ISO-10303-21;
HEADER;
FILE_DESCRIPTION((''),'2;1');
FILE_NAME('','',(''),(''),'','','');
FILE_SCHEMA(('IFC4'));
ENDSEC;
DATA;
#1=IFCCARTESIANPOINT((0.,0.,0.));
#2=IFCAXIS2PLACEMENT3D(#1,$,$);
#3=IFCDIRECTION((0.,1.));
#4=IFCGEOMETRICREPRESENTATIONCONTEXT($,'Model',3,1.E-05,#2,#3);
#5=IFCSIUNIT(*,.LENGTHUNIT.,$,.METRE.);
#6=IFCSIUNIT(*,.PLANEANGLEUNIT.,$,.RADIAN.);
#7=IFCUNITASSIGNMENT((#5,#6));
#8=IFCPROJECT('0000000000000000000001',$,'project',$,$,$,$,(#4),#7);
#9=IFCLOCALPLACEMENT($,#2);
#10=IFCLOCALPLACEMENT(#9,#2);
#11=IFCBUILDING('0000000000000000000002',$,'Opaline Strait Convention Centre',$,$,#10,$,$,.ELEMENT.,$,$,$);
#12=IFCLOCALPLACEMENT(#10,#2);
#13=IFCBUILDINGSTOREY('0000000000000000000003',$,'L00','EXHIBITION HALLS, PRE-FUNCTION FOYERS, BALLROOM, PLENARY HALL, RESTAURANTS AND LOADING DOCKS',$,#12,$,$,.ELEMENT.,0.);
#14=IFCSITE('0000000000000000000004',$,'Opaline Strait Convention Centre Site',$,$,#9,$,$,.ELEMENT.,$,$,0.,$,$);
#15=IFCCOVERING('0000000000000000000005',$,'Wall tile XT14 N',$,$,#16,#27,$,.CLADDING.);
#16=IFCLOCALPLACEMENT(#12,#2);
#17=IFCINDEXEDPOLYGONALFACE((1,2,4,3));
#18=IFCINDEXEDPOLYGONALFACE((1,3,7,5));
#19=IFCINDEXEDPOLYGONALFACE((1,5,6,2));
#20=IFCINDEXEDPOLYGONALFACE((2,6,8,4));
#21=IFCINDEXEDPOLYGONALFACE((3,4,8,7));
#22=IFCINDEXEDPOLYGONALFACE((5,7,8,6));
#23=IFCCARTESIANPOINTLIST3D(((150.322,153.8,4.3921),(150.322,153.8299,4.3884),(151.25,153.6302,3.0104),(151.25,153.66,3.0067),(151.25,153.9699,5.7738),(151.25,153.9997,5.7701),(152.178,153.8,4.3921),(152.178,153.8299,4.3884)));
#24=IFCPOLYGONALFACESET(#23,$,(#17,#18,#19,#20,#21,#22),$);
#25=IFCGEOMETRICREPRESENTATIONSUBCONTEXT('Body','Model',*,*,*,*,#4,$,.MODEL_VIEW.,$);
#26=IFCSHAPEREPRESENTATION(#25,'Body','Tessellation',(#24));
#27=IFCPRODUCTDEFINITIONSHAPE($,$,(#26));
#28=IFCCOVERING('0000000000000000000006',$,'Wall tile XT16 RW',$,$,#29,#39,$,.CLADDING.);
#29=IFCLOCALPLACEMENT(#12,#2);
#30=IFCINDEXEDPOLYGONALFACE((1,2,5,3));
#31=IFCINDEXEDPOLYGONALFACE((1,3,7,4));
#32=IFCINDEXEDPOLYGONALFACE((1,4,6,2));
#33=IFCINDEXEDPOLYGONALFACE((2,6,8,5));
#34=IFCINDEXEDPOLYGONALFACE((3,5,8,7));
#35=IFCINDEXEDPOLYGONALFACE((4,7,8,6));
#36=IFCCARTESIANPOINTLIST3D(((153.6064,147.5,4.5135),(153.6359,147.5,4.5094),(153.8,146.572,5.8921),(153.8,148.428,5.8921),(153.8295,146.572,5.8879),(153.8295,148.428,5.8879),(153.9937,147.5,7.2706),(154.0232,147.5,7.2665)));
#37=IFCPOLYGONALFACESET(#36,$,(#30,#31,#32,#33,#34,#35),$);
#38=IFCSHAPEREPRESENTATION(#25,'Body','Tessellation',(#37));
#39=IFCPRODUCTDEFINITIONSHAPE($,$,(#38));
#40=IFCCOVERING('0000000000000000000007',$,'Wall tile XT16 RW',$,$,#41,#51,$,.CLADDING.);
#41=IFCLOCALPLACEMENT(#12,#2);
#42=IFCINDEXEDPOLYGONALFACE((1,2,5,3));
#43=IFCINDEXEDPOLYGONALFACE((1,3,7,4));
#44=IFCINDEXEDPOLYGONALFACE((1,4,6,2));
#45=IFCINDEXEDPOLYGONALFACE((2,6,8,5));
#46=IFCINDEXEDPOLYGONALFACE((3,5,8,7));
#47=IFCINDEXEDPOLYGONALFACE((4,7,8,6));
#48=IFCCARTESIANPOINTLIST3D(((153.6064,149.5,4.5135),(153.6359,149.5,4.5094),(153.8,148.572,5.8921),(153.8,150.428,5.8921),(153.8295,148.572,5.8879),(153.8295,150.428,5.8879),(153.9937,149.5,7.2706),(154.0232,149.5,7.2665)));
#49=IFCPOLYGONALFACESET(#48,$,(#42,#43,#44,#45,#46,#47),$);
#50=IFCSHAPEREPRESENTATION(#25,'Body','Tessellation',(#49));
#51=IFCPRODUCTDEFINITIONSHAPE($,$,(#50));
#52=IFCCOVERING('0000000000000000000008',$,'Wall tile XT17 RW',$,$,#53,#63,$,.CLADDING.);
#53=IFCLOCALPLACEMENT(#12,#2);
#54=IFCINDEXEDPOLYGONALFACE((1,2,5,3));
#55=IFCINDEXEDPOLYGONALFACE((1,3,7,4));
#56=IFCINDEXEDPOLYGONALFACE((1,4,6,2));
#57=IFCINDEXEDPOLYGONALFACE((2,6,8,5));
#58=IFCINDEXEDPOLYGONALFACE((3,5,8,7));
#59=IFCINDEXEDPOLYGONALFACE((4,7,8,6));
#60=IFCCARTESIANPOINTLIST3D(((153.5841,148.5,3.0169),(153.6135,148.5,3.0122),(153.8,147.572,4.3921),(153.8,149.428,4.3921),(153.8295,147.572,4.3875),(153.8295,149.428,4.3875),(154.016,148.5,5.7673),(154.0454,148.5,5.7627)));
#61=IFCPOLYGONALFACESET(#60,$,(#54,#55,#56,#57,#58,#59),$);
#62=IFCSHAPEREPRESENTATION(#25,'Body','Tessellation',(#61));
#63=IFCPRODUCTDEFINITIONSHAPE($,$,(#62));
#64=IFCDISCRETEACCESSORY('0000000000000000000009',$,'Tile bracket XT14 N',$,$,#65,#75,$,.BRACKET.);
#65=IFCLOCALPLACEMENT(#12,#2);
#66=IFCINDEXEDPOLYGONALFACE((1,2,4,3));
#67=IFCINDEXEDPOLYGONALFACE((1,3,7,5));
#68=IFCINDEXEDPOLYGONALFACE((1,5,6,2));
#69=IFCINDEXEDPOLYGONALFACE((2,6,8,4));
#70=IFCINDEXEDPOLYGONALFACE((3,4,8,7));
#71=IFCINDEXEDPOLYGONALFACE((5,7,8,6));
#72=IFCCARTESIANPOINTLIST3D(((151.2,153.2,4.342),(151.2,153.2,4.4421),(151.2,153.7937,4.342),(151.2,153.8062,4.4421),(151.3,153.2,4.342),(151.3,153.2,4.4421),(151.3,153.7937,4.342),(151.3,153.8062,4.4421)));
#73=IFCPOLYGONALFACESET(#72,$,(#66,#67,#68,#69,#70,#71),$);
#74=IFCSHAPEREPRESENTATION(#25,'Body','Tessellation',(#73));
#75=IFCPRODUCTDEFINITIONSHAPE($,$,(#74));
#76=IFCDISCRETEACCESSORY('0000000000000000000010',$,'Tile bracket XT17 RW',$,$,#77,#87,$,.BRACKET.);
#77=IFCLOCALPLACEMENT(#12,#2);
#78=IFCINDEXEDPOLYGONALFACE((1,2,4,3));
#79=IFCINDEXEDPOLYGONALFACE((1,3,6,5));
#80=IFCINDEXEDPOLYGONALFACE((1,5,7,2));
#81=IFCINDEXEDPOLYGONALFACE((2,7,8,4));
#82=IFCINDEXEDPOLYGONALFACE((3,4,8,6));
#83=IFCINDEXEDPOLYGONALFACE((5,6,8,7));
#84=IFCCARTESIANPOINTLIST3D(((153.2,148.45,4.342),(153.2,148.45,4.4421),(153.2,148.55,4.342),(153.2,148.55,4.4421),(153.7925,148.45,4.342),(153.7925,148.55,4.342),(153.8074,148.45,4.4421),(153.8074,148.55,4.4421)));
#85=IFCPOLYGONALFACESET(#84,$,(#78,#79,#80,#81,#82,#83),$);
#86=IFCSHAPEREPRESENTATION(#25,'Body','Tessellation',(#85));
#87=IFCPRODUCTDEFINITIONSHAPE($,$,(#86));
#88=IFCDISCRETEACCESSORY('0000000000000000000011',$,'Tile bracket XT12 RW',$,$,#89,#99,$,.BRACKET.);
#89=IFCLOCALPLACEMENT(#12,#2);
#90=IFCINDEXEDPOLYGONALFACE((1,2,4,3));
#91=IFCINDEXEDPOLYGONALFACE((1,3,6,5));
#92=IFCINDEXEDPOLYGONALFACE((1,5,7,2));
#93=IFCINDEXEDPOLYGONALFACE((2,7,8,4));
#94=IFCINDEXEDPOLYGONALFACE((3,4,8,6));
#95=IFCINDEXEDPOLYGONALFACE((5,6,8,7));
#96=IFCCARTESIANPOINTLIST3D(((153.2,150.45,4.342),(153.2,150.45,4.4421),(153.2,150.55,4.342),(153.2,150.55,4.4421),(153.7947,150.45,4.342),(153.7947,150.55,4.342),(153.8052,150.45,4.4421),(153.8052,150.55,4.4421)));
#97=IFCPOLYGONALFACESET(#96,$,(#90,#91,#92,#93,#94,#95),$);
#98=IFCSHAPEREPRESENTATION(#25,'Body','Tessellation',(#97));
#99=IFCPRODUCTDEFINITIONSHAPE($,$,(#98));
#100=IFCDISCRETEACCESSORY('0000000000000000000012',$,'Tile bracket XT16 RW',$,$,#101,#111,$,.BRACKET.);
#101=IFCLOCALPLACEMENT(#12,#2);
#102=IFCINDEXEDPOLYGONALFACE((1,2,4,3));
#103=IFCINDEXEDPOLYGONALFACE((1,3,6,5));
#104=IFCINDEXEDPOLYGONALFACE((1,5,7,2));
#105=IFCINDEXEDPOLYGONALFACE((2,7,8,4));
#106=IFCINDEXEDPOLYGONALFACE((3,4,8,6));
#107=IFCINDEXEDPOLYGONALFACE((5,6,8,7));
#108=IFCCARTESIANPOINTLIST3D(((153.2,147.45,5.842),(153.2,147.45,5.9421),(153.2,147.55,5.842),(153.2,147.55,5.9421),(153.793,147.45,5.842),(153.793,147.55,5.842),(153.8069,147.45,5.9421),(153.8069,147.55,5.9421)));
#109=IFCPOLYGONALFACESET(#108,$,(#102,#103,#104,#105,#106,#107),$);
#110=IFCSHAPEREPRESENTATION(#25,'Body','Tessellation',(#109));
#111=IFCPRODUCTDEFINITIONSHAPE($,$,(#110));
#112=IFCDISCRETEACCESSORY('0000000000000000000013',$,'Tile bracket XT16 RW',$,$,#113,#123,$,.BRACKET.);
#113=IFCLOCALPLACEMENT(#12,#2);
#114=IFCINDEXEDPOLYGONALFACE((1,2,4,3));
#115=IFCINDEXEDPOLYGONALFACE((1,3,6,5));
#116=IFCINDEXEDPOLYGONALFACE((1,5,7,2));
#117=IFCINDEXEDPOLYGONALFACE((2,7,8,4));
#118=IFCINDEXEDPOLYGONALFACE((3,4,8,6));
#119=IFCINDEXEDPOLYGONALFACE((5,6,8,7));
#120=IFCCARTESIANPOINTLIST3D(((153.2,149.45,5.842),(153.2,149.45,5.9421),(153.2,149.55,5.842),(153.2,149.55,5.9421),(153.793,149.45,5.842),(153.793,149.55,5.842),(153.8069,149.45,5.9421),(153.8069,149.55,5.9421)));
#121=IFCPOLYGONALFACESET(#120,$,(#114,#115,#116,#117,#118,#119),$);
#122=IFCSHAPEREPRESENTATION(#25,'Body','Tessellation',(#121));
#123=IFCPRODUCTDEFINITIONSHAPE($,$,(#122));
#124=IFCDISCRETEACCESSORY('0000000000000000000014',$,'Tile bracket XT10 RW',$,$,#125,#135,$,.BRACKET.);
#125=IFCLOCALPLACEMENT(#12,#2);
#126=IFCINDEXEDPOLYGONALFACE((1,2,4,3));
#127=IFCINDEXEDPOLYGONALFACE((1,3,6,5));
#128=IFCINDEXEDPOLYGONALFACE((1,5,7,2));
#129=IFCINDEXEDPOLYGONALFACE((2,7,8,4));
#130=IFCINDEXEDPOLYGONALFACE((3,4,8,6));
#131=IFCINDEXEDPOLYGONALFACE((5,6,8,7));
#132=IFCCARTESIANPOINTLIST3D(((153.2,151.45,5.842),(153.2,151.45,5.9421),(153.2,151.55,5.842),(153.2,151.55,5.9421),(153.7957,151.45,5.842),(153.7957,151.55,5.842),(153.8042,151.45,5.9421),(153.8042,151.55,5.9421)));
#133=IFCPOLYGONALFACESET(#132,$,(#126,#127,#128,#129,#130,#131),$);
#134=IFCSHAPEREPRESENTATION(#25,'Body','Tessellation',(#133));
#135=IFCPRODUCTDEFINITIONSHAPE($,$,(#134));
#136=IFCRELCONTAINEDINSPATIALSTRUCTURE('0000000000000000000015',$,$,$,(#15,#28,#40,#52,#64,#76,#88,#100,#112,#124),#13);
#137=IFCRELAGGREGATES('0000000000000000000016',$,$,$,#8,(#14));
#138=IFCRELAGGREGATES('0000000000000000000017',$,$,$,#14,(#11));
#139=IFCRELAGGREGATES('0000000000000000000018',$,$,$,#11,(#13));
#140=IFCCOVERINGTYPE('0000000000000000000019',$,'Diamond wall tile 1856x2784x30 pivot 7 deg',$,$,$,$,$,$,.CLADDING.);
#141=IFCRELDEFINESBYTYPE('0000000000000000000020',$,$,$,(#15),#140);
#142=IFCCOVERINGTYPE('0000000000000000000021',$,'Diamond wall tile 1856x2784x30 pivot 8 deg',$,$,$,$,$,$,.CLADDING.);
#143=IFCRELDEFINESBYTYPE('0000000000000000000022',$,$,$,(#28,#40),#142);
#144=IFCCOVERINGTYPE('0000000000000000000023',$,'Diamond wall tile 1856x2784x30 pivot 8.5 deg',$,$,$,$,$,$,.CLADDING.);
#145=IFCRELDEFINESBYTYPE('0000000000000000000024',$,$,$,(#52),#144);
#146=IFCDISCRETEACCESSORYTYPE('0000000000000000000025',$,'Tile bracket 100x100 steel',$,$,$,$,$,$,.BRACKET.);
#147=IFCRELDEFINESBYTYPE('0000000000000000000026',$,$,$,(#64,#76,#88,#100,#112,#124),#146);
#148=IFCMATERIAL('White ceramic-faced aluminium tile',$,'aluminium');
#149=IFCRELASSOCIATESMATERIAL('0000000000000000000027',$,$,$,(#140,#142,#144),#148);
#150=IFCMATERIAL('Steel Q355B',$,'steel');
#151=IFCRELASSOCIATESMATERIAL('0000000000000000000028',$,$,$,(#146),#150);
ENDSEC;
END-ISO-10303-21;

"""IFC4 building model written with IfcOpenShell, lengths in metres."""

from ifc_helpers import new_model, si_unit, direction, frame, origin, place, context, subcontext, project, spatial, polyline, outline, extrude, material, material_profile, profile_set, type_object, element, save


model = new_model("IFC4")

# Units and contexts
model_context = context("Model", 3, precision=1e-05, world=origin(), true_north=direction((0.0, 1.0)))
body_context = subcontext(model_context, "Body", "Model", "MODEL_VIEW")
ifc_project = project(units=[si_unit("LENGTHUNIT", "METRE"), si_unit("PLANEANGLEUNIT", "RADIAN")], contexts=[model_context])

# Site, building, storey
site_placement = place(None, origin())
site = spatial("IfcSite", under=ifc_project, at=site_placement, Name="Opaline Strait Convention Centre Site", CompositionType="ELEMENT", RefElevation=0.0)
building_placement = place(site_placement, origin())
building = spatial("IfcBuilding", under=site, at=building_placement, Name="Opaline Strait Convention Centre", CompositionType="ELEMENT")
storey_placement = place(building_placement, origin())
storey = spatial("IfcBuildingStorey", under=building, at=storey_placement, Name="L00", Description="EXHIBITION HALLS, PRE-FUNCTION FOYERS, BALLROOM, PLENARY HALL, RESTAURANTS AND LOADING DOCKS", CompositionType="ELEMENT", Elevation=0.0)

# Shared definitions
ifc_material_1 = material(Name="Steel Q355B", Category="steel")

# Coverings
ifc_material_2 = material(Name="White ceramic-faced aluminium tile", Category="aluminium")
ifc_material_profile_1 = material_profile(ifc_material_2, outline(polyline([(0.928, 0.0), (0.0, 1.3921), (-0.928, 0.0), (0.0, -1.3921), (0.928, 0.0)])), Name="Diamond tile 1856x2784")
ifc_profile_set_1 = profile_set([ifc_material_profile_1], Name="White ceramic-faced aluminium tile")
covering_type_1 = type_object("IfcCoveringType", Name="Diamond wall tile 1856x2784x30 pivot 7 deg", PredefinedType="CLADDING", material=ifc_profile_set_1)
covering_1_placement = place(storey_placement, frame((151.25, 153.8, 4.3921), z_axis=(0.0, 0.992526, -0.122032), x_axis=(-1.0, 0.0, 0.0)))
element("IfcCovering", 1, at=covering_1_placement, inside=storey, type_object=covering_type_1, Name="Wall tile XT14 N", PredefinedType="CLADDING", context=body_context, shape_type="SweptSolid", body=[
    extrude(outline(polyline([(0.928, 0.0), (0.0, 1.3921), (-0.928, 0.0), (0.0, -1.3921), (0.928, 0.0)])), origin(), (0.0, 0.0, 1.0), 0.03),
])
ifc_material_profile_2 = material_profile(ifc_material_2, outline(polyline([(0.928, 0.0), (0.0, 1.3921), (-0.928, 0.0), (0.0, -1.3921), (0.928, 0.0)])), Name="Diamond tile 1856x2784")
ifc_profile_set_2 = profile_set([ifc_material_profile_2], Name="White ceramic-faced aluminium tile")
covering_type_2 = type_object("IfcCoveringType", Name="Diamond wall tile 1856x2784x30 pivot 8 deg", PredefinedType="CLADDING", material=ifc_profile_set_2)
for number, where, z_axis, x_axis, name in (
    (2, (153.8, 147.5, 5.8921), (0.990274, 0.0, -0.139129), (0.0, 1.0, 0.0), "Wall tile XT16 RW"),
    (3, (153.8, 149.5, 5.8921), (0.990274, 0.0, -0.139129), (0.0, 1.0, 0.0), "Wall tile XT16 RW"),
):
    element("IfcCovering", number, at=place(storey_placement, frame(where, z_axis=z_axis, x_axis=x_axis)), inside=storey, type_object=covering_type_2, Name=name, PredefinedType="CLADDING", context=body_context, shape_type="SweptSolid", body=[
        extrude(outline(polyline([(0.928, 0.0), (0.0, 1.3921), (-0.928, 0.0), (0.0, -1.3921), (0.928, 0.0)])), origin(), (0.0, 0.0, 1.0), 0.0298),
    ])
ifc_material_profile_3 = material_profile(ifc_material_2, outline(polyline([(0.928, 0.0), (0.0, 1.3921), (-0.928, 0.0), (0.0, -1.3921), (0.928, 0.0)])), Name="Diamond tile 1856x2784")
ifc_profile_set_3 = profile_set([ifc_material_profile_3], Name="White ceramic-faced aluminium tile")
covering_type_3 = type_object("IfcCoveringType", Name="Diamond wall tile 1856x2784x30 pivot 8.5 deg", PredefinedType="CLADDING", material=ifc_profile_set_3)
covering_2_placement = place(storey_placement, frame((153.8, 148.5, 4.3921), z_axis=(0.987895, 0.0, -0.155124), x_axis=(0.0, 1.0, 0.0)))
element("IfcCovering", 4, at=covering_2_placement, inside=storey, type_object=covering_type_3, Name="Wall tile XT17 RW", PredefinedType="CLADDING", context=body_context, shape_type="SweptSolid", body=[
    extrude(outline(polyline([(0.928, 0.0), (0.0, 1.3921), (-0.928, 0.0), (0.0, -1.3921), (0.928, 0.0)])), origin(), (0.0, 0.0, 1.0), 0.0298),
])

# Discrete accessories
discrete_accessory_type = type_object("IfcDiscreteAccessoryType", Name="Tile bracket 100x100 steel", PredefinedType="BRACKET", material=ifc_material_1)
discrete_accessory_1_placement = place(storey_placement, frame((151.3, 153.2, 4.3921), z_axis=(-1.0, 0.0, 0.0), x_axis=(0.0, -1.0, 0.0)))
element("IfcDiscreteAccessory", 5, at=discrete_accessory_1_placement, inside=storey, type_object=discrete_accessory_type, Name="Tile bracket XT14 N", PredefinedType="BRACKET", context=body_context, shape_type="SweptSolid", body=[
    extrude(outline(polyline([(0.0, -0.05), (0.0, 0.05), (-0.6062, 0.05), (-0.5938, -0.05), (0.0, -0.05)])), origin(), (0.0, 0.0, 1.0), 0.1001),
])
discrete_accessory_2_placement = place(storey_placement, frame((153.2, 148.45, 4.3921), z_axis=(0.0, 1.0, 0.0), x_axis=(-1.0, 0.0, 0.0)))
element("IfcDiscreteAccessory", 6, at=discrete_accessory_2_placement, inside=storey, type_object=discrete_accessory_type, Name="Tile bracket XT17 RW", PredefinedType="BRACKET", context=body_context, shape_type="SweptSolid", body=[
    extrude(outline(polyline([(0.0, -0.05), (0.0, 0.05), (-0.6074, 0.05), (-0.5925, -0.05), (0.0, -0.05)])), origin(), (0.0, 0.0, 1.0), 0.1001),
])
discrete_accessory_3_placement = place(storey_placement, frame((153.2, 150.45, 4.3921), z_axis=(0.0, 1.0, 0.0), x_axis=(-1.0, 0.0, 0.0)))
element("IfcDiscreteAccessory", 7, at=discrete_accessory_3_placement, inside=storey, type_object=discrete_accessory_type, Name="Tile bracket XT12 RW", PredefinedType="BRACKET", context=body_context, shape_type="SweptSolid", body=[
    extrude(outline(polyline([(0.0, -0.05), (0.0, 0.05), (-0.6052, 0.05), (-0.5947, -0.05), (0.0, -0.05)])), origin(), (0.0, 0.0, 1.0), 0.1001),
])
for number, where, z_axis, x_axis, name in (
    (8, (153.2, 147.45, 5.8921), (0.0, 1.0, 0.0), (-1.0, 0.0, 0.0), "Tile bracket XT16 RW"),
    (9, (153.2, 149.45, 5.8921), (0.0, 1.0, 0.0), (-1.0, 0.0, 0.0), "Tile bracket XT16 RW"),
):
    element("IfcDiscreteAccessory", number, at=place(storey_placement, frame(where, z_axis=z_axis, x_axis=x_axis)), inside=storey, type_object=discrete_accessory_type, Name=name, PredefinedType="BRACKET", context=body_context, shape_type="SweptSolid", body=[
        extrude(outline(polyline([(0.0, -0.05), (0.0, 0.05), (-0.6069, 0.05), (-0.593, -0.05), (0.0, -0.05)])), origin(), (0.0, 0.0, 1.0), 0.1001),
    ])
discrete_accessory_4_placement = place(storey_placement, frame((153.2, 151.45, 5.8921), z_axis=(0.0, 1.0, 0.0), x_axis=(-1.0, 0.0, 0.0)))
element("IfcDiscreteAccessory", 10, at=discrete_accessory_4_placement, inside=storey, type_object=discrete_accessory_type, Name="Tile bracket XT10 RW", PredefinedType="BRACKET", context=body_context, shape_type="SweptSolid", body=[
    extrude(outline(polyline([(0.0, -0.05), (0.0, 0.05), (-0.6042, 0.05), (-0.5957, -0.05), (0.0, -0.05)])), origin(), (0.0, 0.0, 1.0), 0.1001),
])

save(model, "model.ifc")
